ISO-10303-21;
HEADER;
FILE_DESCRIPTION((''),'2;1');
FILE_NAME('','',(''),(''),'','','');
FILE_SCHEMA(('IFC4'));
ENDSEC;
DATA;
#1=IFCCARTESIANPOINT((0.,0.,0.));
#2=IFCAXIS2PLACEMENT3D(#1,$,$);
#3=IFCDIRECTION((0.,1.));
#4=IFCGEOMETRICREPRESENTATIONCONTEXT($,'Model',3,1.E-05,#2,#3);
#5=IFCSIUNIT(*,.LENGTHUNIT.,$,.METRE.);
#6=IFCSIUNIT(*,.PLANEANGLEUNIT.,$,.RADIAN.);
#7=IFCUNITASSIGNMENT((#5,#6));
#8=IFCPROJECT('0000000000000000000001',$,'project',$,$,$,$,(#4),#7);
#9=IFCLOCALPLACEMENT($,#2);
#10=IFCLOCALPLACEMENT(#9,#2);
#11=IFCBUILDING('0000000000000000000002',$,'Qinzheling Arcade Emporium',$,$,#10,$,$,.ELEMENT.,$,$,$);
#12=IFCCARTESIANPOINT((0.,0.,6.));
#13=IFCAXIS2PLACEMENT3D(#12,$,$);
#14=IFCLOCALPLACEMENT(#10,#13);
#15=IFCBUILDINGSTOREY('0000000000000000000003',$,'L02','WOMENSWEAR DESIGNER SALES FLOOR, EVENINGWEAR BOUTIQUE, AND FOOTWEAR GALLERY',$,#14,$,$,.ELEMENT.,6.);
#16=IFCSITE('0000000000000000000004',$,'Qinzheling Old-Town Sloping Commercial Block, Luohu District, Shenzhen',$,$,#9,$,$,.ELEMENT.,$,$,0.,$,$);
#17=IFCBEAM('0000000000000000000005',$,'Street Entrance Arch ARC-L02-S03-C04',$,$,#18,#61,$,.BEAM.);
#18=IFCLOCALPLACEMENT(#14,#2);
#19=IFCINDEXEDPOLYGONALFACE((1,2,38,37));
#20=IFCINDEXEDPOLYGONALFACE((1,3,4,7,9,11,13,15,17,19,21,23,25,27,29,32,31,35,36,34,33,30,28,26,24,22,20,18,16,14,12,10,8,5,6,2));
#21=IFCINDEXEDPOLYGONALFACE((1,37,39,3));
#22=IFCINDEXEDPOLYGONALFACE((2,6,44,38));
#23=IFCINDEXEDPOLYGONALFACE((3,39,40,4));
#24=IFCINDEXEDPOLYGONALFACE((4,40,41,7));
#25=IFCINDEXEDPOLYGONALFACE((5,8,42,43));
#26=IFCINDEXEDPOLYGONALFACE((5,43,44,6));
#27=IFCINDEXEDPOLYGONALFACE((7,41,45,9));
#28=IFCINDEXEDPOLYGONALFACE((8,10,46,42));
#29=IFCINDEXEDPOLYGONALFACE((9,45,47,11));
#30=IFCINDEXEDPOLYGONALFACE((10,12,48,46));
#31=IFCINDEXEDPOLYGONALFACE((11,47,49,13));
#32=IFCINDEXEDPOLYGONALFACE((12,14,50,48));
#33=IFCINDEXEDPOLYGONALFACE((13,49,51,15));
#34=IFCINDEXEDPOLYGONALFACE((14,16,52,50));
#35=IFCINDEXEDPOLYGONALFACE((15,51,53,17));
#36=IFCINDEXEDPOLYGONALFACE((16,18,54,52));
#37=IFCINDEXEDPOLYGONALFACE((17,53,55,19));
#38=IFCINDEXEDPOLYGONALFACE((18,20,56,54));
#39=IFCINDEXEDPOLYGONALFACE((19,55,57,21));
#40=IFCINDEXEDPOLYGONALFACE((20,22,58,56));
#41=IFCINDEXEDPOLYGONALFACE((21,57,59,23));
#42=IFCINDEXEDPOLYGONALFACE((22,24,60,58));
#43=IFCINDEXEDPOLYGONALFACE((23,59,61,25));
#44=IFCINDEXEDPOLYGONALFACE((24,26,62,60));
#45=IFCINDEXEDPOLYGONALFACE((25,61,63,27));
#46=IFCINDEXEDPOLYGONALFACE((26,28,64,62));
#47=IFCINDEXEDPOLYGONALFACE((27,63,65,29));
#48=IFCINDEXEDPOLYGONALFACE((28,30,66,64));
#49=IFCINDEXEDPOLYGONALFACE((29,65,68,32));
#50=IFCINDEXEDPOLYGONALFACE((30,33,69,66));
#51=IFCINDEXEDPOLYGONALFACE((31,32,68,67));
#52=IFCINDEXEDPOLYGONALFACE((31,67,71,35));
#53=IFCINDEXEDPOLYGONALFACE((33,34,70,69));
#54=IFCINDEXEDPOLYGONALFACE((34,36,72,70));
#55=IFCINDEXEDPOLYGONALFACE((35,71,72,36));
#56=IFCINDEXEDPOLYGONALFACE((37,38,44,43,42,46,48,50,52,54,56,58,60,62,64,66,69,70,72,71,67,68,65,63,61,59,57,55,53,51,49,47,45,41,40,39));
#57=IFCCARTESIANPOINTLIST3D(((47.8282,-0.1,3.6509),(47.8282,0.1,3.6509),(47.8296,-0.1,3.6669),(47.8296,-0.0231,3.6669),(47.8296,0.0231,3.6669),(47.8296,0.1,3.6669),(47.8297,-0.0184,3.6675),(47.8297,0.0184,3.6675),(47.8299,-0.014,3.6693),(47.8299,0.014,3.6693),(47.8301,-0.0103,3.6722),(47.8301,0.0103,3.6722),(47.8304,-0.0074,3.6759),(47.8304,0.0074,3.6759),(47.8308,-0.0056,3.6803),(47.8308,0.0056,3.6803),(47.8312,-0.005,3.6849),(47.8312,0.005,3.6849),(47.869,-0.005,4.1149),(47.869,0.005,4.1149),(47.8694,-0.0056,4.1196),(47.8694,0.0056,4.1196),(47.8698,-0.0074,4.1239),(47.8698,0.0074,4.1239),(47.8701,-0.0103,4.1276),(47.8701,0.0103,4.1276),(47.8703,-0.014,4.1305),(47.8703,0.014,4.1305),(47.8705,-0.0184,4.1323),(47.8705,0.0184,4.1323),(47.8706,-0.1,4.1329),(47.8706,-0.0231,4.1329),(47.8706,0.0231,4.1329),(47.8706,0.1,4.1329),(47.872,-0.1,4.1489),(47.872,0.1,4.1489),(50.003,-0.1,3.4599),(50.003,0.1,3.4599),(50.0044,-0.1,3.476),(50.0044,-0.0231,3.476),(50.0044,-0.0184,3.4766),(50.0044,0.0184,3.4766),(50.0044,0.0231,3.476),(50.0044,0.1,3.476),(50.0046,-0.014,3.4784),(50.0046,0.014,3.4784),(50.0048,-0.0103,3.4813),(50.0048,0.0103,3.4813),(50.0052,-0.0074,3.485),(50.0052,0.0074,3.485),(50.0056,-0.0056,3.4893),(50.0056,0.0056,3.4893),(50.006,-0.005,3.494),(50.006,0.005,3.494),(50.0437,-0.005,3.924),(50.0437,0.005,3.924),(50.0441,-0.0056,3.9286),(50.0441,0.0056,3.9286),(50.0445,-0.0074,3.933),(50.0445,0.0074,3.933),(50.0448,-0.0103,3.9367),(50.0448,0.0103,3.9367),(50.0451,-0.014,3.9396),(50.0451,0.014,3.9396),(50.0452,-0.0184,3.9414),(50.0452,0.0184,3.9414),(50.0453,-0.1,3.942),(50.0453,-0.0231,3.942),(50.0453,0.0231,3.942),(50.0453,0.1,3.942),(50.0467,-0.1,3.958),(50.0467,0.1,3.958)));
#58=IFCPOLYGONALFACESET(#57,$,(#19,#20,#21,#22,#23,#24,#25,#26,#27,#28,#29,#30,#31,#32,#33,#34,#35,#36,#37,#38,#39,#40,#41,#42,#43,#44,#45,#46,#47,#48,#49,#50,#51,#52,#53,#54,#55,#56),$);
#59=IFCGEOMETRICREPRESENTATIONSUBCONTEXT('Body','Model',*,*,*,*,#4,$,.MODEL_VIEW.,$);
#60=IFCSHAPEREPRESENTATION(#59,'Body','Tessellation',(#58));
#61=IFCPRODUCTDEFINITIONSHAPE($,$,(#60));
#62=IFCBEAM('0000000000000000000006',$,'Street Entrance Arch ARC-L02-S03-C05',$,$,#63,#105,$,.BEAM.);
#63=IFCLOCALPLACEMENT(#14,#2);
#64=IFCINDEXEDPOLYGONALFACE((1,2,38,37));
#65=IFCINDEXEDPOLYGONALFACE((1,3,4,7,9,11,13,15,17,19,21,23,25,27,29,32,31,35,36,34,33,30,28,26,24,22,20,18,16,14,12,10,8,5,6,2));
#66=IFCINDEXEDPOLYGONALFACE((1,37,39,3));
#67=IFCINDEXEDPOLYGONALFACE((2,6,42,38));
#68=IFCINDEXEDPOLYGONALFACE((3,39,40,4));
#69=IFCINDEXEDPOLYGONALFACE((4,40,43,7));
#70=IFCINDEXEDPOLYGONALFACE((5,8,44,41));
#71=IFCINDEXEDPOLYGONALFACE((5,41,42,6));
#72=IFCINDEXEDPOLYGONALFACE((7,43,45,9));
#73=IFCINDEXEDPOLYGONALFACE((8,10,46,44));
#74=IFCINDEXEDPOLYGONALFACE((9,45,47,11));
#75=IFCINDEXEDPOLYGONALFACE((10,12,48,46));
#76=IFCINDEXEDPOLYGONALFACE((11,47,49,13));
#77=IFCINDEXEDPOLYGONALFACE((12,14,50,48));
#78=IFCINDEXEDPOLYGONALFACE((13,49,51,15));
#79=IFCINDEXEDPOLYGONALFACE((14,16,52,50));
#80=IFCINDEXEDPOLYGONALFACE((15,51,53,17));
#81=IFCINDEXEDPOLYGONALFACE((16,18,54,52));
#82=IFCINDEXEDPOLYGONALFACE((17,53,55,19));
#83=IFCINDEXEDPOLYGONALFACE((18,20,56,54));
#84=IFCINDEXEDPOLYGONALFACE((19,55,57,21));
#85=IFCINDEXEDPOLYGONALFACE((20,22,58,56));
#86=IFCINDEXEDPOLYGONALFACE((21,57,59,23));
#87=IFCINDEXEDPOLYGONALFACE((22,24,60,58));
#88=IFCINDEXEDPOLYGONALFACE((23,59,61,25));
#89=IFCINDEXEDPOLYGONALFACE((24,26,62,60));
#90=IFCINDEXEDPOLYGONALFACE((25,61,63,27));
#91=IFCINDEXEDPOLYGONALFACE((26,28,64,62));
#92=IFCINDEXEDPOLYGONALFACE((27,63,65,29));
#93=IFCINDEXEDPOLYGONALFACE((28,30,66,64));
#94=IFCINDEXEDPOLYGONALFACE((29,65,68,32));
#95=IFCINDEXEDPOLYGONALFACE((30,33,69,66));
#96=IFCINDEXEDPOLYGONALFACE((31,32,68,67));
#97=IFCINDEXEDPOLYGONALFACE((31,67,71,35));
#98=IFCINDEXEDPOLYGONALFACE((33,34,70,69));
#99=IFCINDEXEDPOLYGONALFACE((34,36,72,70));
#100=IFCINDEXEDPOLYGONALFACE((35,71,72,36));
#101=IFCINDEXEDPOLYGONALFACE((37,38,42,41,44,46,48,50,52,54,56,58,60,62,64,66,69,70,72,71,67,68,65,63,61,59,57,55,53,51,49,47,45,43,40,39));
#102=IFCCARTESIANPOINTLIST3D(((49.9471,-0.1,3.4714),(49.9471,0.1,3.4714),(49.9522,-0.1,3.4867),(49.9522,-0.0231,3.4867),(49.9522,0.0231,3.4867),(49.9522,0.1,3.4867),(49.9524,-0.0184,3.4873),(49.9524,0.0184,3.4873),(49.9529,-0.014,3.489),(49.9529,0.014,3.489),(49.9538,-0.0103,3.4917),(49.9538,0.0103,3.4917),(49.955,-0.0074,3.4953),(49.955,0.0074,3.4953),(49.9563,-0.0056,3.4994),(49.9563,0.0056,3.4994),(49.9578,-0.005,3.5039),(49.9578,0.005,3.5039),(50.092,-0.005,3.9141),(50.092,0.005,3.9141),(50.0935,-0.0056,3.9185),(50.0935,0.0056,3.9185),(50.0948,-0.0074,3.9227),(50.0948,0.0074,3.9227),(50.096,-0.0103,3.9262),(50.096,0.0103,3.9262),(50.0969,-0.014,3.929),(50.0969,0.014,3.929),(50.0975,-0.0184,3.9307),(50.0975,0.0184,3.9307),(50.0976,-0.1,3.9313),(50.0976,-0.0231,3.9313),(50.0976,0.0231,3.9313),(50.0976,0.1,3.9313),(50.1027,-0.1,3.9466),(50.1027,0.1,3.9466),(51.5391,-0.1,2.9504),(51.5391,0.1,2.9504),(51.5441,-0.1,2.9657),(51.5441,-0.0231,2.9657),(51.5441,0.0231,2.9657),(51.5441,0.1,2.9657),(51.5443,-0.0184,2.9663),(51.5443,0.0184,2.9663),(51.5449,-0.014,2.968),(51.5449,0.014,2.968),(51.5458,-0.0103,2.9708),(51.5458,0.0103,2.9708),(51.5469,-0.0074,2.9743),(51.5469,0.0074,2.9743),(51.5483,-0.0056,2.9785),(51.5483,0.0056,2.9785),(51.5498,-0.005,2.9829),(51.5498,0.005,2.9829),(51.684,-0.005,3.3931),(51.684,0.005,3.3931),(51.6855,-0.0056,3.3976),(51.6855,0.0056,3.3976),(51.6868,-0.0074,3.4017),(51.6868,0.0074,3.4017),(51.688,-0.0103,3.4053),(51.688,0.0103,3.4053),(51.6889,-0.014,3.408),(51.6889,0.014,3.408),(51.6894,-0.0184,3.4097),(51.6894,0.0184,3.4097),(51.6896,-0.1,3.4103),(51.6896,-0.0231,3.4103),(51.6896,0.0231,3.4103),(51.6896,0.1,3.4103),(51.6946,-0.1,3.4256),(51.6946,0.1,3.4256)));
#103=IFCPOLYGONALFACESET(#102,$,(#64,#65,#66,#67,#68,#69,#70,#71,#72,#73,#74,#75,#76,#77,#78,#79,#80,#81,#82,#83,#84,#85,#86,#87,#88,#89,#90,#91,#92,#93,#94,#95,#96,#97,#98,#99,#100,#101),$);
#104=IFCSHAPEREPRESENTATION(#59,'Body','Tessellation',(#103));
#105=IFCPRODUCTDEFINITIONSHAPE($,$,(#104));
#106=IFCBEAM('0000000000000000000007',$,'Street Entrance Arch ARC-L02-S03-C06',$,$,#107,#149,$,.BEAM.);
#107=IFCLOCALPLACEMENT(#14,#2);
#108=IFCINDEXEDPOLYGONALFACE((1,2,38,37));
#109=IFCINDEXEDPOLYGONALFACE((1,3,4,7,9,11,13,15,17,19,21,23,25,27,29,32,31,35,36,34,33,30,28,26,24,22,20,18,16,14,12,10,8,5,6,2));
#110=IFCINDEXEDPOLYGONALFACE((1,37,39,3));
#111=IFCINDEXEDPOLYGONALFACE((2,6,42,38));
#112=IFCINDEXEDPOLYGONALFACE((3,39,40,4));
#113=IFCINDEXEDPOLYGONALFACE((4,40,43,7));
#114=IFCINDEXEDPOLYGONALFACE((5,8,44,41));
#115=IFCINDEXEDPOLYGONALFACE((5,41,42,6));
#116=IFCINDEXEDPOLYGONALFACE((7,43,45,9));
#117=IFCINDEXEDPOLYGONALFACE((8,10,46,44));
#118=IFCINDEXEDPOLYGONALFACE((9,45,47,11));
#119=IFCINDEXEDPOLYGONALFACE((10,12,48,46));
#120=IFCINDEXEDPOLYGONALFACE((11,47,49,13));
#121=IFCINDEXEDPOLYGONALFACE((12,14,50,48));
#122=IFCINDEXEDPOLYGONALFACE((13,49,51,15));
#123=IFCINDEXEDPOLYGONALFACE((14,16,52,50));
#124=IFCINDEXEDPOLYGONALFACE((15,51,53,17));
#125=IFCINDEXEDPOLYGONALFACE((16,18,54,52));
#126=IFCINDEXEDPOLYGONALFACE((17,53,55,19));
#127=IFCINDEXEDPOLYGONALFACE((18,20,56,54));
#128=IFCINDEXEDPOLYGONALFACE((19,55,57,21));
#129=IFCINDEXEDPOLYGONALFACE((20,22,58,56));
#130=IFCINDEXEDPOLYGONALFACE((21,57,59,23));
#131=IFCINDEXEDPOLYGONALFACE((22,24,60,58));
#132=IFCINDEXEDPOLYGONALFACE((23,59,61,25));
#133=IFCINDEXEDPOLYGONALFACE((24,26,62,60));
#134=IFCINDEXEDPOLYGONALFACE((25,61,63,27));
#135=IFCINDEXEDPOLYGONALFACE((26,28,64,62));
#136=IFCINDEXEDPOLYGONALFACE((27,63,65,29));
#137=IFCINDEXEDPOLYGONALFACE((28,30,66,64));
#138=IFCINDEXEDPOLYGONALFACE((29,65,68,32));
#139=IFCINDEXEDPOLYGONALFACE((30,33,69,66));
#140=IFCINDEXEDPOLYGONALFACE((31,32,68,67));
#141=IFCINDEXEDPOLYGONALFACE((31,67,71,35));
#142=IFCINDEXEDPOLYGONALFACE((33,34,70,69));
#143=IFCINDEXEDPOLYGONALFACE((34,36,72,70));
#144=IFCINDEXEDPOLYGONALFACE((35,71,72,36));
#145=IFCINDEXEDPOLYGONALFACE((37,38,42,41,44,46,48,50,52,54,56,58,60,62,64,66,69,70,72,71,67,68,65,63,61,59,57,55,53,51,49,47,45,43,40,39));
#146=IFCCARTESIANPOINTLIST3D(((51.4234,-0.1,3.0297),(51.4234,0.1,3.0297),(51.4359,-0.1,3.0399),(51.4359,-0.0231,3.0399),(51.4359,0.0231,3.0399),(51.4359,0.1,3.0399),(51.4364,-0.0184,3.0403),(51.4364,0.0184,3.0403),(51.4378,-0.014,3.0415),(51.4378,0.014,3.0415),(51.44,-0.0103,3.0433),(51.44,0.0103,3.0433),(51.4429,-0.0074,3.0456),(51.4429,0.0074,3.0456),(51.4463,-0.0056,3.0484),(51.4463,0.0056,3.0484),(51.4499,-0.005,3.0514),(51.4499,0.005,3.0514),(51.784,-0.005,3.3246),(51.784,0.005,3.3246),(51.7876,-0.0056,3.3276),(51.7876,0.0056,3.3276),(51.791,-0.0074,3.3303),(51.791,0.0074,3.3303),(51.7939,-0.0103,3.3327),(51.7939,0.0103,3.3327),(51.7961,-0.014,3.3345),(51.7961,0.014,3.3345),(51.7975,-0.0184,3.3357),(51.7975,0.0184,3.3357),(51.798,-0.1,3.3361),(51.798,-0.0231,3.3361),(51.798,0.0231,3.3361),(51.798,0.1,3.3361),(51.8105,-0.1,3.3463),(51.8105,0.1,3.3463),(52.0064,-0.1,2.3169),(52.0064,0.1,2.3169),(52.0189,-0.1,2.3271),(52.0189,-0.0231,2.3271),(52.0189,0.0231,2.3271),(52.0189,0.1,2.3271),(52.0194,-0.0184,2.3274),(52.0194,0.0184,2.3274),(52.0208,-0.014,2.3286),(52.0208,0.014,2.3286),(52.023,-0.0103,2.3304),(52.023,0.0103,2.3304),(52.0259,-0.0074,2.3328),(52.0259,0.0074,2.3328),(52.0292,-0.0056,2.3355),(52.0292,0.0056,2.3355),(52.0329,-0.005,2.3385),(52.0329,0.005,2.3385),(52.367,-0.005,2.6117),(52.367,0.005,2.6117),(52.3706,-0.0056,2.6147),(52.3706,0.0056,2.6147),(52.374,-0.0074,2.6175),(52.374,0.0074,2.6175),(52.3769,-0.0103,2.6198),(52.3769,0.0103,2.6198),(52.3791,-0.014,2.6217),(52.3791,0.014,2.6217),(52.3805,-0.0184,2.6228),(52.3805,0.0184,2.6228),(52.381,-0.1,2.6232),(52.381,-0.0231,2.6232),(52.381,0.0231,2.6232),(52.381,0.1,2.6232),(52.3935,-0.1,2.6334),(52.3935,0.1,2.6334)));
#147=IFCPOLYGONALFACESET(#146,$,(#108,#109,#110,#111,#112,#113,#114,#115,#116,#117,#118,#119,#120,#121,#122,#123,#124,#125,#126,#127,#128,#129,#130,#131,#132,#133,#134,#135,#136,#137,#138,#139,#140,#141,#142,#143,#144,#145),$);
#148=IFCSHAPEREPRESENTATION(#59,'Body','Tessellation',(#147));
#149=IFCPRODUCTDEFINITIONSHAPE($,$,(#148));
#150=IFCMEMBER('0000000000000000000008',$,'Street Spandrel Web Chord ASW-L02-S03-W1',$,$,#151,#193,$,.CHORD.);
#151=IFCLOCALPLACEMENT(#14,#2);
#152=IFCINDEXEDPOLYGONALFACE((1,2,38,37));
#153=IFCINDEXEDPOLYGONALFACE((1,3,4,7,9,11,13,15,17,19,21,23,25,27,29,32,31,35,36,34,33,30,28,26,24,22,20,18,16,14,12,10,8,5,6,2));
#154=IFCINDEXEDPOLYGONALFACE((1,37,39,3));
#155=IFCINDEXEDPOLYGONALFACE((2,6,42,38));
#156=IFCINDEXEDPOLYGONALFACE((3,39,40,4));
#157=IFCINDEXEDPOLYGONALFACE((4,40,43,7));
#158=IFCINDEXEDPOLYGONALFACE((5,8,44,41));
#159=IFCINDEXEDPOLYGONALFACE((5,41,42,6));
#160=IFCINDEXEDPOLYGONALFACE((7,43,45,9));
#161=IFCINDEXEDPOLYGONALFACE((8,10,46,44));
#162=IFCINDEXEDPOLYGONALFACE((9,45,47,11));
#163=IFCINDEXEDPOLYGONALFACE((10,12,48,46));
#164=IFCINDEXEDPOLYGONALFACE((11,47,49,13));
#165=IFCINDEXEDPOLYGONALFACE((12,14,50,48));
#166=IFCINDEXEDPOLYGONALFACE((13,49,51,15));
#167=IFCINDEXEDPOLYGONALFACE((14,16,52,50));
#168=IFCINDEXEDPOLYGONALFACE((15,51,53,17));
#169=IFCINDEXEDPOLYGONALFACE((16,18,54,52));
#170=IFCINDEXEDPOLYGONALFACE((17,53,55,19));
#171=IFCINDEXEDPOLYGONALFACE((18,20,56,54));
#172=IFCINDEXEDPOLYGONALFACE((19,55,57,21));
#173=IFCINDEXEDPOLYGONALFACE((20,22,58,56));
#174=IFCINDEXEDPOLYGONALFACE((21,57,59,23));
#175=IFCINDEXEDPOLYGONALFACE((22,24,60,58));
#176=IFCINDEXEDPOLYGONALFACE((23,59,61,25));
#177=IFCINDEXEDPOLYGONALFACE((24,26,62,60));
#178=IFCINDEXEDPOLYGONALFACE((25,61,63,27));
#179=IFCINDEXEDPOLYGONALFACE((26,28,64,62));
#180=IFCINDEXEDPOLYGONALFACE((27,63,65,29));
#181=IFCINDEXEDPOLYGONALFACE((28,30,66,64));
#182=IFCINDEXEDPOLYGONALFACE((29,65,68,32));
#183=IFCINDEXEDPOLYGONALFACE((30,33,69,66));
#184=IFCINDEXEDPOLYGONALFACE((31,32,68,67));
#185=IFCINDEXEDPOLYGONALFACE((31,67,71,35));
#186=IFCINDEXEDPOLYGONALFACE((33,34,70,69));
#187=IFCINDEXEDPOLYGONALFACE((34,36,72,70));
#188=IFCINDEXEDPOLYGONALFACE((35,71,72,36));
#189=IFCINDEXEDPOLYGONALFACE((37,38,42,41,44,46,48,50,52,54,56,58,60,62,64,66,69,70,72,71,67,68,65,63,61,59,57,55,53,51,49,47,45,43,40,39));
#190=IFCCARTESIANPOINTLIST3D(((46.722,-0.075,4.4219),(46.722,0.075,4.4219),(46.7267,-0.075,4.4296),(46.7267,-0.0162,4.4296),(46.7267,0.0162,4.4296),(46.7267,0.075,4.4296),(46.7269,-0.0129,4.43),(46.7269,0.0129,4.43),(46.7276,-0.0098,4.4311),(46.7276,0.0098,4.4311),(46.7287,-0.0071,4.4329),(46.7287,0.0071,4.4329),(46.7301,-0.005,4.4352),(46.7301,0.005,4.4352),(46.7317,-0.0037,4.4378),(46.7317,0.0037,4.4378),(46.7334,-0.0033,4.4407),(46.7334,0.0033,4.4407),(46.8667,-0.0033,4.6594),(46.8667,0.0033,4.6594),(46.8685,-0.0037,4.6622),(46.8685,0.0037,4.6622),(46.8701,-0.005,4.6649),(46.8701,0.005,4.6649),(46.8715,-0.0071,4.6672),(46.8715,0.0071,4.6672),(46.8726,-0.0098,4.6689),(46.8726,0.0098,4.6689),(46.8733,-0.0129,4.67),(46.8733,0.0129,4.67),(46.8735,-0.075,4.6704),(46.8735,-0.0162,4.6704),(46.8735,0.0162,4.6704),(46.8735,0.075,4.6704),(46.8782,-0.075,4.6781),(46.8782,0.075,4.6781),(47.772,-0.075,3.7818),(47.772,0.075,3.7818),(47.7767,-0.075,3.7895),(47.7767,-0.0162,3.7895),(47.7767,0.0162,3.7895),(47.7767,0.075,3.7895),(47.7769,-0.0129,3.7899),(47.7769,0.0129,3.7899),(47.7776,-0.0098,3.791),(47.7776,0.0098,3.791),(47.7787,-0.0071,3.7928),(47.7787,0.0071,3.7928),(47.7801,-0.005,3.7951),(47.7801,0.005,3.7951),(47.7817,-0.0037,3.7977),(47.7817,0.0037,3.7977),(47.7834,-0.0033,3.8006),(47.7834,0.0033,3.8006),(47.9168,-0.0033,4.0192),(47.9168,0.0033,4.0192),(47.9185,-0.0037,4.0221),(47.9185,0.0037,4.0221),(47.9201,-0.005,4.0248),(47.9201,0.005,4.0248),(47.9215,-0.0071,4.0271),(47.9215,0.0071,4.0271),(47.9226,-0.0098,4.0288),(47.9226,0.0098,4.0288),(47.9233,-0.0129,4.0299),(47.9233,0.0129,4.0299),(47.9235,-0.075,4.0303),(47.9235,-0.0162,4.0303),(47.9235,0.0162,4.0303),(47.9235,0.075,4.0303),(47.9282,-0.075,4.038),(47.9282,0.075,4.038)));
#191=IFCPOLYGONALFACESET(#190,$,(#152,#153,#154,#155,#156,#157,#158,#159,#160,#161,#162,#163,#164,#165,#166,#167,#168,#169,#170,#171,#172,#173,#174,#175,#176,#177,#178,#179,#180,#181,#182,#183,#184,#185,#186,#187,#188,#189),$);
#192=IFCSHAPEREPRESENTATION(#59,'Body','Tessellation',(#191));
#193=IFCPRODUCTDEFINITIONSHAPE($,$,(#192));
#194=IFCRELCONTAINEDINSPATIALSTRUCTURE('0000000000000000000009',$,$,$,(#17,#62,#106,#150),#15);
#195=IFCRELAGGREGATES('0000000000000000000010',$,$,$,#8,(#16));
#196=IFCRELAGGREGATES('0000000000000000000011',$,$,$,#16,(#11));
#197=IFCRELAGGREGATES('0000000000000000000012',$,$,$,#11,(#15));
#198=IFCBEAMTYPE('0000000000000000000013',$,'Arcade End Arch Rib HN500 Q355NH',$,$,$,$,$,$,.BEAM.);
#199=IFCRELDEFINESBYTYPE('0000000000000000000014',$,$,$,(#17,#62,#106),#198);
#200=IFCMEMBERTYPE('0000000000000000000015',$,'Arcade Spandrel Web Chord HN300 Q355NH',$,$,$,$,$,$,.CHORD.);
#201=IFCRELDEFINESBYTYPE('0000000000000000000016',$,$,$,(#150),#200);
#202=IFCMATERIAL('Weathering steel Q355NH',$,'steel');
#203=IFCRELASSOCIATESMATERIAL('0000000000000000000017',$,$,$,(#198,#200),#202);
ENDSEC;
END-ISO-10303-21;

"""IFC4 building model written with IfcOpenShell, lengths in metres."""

from ifc_helpers import new_model, si_unit, direction, frame, origin, origin_2d, place, context, subcontext, project, spatial, i_section, extrude, material, material_profile, profile_set, type_object, element, save


model = new_model("IFC4")

# Units and contexts
model_context = context("Model", 3, precision=1e-05, world=origin(), true_north=direction((0.0, 1.0)))
body_context = subcontext(model_context, "Body", "Model", "MODEL_VIEW")
ifc_project = project(units=[si_unit("LENGTHUNIT", "METRE"), si_unit("PLANEANGLEUNIT", "RADIAN")], contexts=[model_context])

# Site, building, storey
site_placement = place(None, origin())
site = spatial("IfcSite", under=ifc_project, at=site_placement, Name="Qinzheling Old-Town Sloping Commercial Block, Luohu District, Shenzhen", CompositionType="ELEMENT", RefElevation=0.0)
building_placement = place(site_placement, origin())
building = spatial("IfcBuilding", under=site, at=building_placement, Name="Qinzheling Arcade Emporium", CompositionType="ELEMENT")
storey_placement = place(building_placement, frame((0.0, 0.0, 6.0)))
storey = spatial("IfcBuildingStorey", under=building, at=storey_placement, Name="L02", Description="WOMENSWEAR DESIGNER SALES FLOOR, EVENINGWEAR BOUTIQUE, AND FOOTWEAR GALLERY", CompositionType="ELEMENT", Elevation=6.0)

# Beams
ifc_material_1 = material(Name="Weathering steel Q355NH", Category="steel")
ifc_material_profile_1 = material_profile(ifc_material_1, i_section(OverallWidth=0.2, OverallDepth=0.5, WebThickness=0.01, FlangeThickness=0.0161, FilletRadius=0.0181, at=origin_2d()), Name="HN 500x200x10x16", Category="steel")
ifc_profile_set_1 = profile_set([ifc_material_profile_1], Name="Weathering steel Q355NH")
beam_type = type_object("IfcBeamType", Name="Arcade End Arch Rib HN500 Q355NH", PredefinedType="BEAM", material=ifc_profile_set_1)
beam_1_placement = place(storey_placement, frame((47.8501, 0.0, 3.8999), z_axis=(0.996169, 0.0, -0.08745), x_axis=(0.0, 1.0, 0.0)))
element("IfcBeam", 1, at=beam_1_placement, inside=storey, type_object=beam_type, Name="Street Entrance Arch ARC-L02-S03-C04", PredefinedType="BEAM", context=body_context, shape_type="SweptSolid", body=[
    extrude(i_section(OverallWidth=0.2, OverallDepth=0.5, WebThickness=0.01, FlangeThickness=0.0161, FilletRadius=0.0181, at=origin_2d()), origin(), (0.0, 0.0, 1.0), 2.1831),
])
beam_2_placement = place(storey_placement, frame((50.0249, 0.0, 3.709), z_axis=(0.950403, 0.0, -0.31102), x_axis=(0.0, 1.0, 0.0)))
element("IfcBeam", 2, at=beam_2_placement, inside=storey, type_object=beam_type, Name="Street Entrance Arch ARC-L02-S03-C05", PredefinedType="BEAM", context=body_context, shape_type="SweptSolid", body=[
    extrude(i_section(OverallWidth=0.2, OverallDepth=0.5, WebThickness=0.01, FlangeThickness=0.0161, FilletRadius=0.0181, at=origin_2d()), origin(), (0.0, 0.0, 1.0), 1.675),
])
beam_3_placement = place(storey_placement, frame((51.6169, 0.0, 3.188), z_axis=(0.633065, 0.0, -0.774099), x_axis=(0.0, 1.0, 0.0)))
element("IfcBeam", 3, at=beam_3_placement, inside=storey, type_object=beam_type, Name="Street Entrance Arch ARC-L02-S03-C06", PredefinedType="BEAM", context=body_context, shape_type="SweptSolid", body=[
    extrude(i_section(OverallWidth=0.2, OverallDepth=0.5, WebThickness=0.01, FlangeThickness=0.0161, FilletRadius=0.0181, at=origin_2d()), origin(), (0.0, 0.0, 1.0), 0.9209),
])

# Member
ifc_material_profile_2 = material_profile(ifc_material_1, i_section(OverallWidth=0.1499, OverallDepth=0.3, WebThickness=0.0066, FlangeThickness=0.009, FilletRadius=0.0129, at=origin_2d()), Name="HN 300x150x6.5x9", Category="steel")
ifc_profile_set_2 = profile_set([ifc_material_profile_2], Name="Weathering steel Q355NH")
member_type_1 = type_object("IfcMemberType", Name="Arcade Spandrel Web Chord HN300 Q355NH", PredefinedType="CHORD", material=ifc_profile_set_2)
member_1_placement = place(storey_placement, frame((47.8501, 0.0, 3.9099), z_axis=(-0.853846, 0.0, 0.520526), x_axis=(0.0, -1.0, 0.0)))
element("IfcMember", 4, at=member_1_placement, inside=storey, type_object=member_type_1, Name="Street Spandrel Web Chord ASW-L02-S03-W1", PredefinedType="CHORD", context=body_context, shape_type="SweptSolid", body=[
    extrude(i_section(OverallWidth=0.1499, OverallDepth=0.3, WebThickness=0.0066, FlangeThickness=0.009, FilletRadius=0.0129, at=origin_2d()), origin(), (0.0, 0.0, 1.0), 1.2297),
])

save(model, "model.ifc")
